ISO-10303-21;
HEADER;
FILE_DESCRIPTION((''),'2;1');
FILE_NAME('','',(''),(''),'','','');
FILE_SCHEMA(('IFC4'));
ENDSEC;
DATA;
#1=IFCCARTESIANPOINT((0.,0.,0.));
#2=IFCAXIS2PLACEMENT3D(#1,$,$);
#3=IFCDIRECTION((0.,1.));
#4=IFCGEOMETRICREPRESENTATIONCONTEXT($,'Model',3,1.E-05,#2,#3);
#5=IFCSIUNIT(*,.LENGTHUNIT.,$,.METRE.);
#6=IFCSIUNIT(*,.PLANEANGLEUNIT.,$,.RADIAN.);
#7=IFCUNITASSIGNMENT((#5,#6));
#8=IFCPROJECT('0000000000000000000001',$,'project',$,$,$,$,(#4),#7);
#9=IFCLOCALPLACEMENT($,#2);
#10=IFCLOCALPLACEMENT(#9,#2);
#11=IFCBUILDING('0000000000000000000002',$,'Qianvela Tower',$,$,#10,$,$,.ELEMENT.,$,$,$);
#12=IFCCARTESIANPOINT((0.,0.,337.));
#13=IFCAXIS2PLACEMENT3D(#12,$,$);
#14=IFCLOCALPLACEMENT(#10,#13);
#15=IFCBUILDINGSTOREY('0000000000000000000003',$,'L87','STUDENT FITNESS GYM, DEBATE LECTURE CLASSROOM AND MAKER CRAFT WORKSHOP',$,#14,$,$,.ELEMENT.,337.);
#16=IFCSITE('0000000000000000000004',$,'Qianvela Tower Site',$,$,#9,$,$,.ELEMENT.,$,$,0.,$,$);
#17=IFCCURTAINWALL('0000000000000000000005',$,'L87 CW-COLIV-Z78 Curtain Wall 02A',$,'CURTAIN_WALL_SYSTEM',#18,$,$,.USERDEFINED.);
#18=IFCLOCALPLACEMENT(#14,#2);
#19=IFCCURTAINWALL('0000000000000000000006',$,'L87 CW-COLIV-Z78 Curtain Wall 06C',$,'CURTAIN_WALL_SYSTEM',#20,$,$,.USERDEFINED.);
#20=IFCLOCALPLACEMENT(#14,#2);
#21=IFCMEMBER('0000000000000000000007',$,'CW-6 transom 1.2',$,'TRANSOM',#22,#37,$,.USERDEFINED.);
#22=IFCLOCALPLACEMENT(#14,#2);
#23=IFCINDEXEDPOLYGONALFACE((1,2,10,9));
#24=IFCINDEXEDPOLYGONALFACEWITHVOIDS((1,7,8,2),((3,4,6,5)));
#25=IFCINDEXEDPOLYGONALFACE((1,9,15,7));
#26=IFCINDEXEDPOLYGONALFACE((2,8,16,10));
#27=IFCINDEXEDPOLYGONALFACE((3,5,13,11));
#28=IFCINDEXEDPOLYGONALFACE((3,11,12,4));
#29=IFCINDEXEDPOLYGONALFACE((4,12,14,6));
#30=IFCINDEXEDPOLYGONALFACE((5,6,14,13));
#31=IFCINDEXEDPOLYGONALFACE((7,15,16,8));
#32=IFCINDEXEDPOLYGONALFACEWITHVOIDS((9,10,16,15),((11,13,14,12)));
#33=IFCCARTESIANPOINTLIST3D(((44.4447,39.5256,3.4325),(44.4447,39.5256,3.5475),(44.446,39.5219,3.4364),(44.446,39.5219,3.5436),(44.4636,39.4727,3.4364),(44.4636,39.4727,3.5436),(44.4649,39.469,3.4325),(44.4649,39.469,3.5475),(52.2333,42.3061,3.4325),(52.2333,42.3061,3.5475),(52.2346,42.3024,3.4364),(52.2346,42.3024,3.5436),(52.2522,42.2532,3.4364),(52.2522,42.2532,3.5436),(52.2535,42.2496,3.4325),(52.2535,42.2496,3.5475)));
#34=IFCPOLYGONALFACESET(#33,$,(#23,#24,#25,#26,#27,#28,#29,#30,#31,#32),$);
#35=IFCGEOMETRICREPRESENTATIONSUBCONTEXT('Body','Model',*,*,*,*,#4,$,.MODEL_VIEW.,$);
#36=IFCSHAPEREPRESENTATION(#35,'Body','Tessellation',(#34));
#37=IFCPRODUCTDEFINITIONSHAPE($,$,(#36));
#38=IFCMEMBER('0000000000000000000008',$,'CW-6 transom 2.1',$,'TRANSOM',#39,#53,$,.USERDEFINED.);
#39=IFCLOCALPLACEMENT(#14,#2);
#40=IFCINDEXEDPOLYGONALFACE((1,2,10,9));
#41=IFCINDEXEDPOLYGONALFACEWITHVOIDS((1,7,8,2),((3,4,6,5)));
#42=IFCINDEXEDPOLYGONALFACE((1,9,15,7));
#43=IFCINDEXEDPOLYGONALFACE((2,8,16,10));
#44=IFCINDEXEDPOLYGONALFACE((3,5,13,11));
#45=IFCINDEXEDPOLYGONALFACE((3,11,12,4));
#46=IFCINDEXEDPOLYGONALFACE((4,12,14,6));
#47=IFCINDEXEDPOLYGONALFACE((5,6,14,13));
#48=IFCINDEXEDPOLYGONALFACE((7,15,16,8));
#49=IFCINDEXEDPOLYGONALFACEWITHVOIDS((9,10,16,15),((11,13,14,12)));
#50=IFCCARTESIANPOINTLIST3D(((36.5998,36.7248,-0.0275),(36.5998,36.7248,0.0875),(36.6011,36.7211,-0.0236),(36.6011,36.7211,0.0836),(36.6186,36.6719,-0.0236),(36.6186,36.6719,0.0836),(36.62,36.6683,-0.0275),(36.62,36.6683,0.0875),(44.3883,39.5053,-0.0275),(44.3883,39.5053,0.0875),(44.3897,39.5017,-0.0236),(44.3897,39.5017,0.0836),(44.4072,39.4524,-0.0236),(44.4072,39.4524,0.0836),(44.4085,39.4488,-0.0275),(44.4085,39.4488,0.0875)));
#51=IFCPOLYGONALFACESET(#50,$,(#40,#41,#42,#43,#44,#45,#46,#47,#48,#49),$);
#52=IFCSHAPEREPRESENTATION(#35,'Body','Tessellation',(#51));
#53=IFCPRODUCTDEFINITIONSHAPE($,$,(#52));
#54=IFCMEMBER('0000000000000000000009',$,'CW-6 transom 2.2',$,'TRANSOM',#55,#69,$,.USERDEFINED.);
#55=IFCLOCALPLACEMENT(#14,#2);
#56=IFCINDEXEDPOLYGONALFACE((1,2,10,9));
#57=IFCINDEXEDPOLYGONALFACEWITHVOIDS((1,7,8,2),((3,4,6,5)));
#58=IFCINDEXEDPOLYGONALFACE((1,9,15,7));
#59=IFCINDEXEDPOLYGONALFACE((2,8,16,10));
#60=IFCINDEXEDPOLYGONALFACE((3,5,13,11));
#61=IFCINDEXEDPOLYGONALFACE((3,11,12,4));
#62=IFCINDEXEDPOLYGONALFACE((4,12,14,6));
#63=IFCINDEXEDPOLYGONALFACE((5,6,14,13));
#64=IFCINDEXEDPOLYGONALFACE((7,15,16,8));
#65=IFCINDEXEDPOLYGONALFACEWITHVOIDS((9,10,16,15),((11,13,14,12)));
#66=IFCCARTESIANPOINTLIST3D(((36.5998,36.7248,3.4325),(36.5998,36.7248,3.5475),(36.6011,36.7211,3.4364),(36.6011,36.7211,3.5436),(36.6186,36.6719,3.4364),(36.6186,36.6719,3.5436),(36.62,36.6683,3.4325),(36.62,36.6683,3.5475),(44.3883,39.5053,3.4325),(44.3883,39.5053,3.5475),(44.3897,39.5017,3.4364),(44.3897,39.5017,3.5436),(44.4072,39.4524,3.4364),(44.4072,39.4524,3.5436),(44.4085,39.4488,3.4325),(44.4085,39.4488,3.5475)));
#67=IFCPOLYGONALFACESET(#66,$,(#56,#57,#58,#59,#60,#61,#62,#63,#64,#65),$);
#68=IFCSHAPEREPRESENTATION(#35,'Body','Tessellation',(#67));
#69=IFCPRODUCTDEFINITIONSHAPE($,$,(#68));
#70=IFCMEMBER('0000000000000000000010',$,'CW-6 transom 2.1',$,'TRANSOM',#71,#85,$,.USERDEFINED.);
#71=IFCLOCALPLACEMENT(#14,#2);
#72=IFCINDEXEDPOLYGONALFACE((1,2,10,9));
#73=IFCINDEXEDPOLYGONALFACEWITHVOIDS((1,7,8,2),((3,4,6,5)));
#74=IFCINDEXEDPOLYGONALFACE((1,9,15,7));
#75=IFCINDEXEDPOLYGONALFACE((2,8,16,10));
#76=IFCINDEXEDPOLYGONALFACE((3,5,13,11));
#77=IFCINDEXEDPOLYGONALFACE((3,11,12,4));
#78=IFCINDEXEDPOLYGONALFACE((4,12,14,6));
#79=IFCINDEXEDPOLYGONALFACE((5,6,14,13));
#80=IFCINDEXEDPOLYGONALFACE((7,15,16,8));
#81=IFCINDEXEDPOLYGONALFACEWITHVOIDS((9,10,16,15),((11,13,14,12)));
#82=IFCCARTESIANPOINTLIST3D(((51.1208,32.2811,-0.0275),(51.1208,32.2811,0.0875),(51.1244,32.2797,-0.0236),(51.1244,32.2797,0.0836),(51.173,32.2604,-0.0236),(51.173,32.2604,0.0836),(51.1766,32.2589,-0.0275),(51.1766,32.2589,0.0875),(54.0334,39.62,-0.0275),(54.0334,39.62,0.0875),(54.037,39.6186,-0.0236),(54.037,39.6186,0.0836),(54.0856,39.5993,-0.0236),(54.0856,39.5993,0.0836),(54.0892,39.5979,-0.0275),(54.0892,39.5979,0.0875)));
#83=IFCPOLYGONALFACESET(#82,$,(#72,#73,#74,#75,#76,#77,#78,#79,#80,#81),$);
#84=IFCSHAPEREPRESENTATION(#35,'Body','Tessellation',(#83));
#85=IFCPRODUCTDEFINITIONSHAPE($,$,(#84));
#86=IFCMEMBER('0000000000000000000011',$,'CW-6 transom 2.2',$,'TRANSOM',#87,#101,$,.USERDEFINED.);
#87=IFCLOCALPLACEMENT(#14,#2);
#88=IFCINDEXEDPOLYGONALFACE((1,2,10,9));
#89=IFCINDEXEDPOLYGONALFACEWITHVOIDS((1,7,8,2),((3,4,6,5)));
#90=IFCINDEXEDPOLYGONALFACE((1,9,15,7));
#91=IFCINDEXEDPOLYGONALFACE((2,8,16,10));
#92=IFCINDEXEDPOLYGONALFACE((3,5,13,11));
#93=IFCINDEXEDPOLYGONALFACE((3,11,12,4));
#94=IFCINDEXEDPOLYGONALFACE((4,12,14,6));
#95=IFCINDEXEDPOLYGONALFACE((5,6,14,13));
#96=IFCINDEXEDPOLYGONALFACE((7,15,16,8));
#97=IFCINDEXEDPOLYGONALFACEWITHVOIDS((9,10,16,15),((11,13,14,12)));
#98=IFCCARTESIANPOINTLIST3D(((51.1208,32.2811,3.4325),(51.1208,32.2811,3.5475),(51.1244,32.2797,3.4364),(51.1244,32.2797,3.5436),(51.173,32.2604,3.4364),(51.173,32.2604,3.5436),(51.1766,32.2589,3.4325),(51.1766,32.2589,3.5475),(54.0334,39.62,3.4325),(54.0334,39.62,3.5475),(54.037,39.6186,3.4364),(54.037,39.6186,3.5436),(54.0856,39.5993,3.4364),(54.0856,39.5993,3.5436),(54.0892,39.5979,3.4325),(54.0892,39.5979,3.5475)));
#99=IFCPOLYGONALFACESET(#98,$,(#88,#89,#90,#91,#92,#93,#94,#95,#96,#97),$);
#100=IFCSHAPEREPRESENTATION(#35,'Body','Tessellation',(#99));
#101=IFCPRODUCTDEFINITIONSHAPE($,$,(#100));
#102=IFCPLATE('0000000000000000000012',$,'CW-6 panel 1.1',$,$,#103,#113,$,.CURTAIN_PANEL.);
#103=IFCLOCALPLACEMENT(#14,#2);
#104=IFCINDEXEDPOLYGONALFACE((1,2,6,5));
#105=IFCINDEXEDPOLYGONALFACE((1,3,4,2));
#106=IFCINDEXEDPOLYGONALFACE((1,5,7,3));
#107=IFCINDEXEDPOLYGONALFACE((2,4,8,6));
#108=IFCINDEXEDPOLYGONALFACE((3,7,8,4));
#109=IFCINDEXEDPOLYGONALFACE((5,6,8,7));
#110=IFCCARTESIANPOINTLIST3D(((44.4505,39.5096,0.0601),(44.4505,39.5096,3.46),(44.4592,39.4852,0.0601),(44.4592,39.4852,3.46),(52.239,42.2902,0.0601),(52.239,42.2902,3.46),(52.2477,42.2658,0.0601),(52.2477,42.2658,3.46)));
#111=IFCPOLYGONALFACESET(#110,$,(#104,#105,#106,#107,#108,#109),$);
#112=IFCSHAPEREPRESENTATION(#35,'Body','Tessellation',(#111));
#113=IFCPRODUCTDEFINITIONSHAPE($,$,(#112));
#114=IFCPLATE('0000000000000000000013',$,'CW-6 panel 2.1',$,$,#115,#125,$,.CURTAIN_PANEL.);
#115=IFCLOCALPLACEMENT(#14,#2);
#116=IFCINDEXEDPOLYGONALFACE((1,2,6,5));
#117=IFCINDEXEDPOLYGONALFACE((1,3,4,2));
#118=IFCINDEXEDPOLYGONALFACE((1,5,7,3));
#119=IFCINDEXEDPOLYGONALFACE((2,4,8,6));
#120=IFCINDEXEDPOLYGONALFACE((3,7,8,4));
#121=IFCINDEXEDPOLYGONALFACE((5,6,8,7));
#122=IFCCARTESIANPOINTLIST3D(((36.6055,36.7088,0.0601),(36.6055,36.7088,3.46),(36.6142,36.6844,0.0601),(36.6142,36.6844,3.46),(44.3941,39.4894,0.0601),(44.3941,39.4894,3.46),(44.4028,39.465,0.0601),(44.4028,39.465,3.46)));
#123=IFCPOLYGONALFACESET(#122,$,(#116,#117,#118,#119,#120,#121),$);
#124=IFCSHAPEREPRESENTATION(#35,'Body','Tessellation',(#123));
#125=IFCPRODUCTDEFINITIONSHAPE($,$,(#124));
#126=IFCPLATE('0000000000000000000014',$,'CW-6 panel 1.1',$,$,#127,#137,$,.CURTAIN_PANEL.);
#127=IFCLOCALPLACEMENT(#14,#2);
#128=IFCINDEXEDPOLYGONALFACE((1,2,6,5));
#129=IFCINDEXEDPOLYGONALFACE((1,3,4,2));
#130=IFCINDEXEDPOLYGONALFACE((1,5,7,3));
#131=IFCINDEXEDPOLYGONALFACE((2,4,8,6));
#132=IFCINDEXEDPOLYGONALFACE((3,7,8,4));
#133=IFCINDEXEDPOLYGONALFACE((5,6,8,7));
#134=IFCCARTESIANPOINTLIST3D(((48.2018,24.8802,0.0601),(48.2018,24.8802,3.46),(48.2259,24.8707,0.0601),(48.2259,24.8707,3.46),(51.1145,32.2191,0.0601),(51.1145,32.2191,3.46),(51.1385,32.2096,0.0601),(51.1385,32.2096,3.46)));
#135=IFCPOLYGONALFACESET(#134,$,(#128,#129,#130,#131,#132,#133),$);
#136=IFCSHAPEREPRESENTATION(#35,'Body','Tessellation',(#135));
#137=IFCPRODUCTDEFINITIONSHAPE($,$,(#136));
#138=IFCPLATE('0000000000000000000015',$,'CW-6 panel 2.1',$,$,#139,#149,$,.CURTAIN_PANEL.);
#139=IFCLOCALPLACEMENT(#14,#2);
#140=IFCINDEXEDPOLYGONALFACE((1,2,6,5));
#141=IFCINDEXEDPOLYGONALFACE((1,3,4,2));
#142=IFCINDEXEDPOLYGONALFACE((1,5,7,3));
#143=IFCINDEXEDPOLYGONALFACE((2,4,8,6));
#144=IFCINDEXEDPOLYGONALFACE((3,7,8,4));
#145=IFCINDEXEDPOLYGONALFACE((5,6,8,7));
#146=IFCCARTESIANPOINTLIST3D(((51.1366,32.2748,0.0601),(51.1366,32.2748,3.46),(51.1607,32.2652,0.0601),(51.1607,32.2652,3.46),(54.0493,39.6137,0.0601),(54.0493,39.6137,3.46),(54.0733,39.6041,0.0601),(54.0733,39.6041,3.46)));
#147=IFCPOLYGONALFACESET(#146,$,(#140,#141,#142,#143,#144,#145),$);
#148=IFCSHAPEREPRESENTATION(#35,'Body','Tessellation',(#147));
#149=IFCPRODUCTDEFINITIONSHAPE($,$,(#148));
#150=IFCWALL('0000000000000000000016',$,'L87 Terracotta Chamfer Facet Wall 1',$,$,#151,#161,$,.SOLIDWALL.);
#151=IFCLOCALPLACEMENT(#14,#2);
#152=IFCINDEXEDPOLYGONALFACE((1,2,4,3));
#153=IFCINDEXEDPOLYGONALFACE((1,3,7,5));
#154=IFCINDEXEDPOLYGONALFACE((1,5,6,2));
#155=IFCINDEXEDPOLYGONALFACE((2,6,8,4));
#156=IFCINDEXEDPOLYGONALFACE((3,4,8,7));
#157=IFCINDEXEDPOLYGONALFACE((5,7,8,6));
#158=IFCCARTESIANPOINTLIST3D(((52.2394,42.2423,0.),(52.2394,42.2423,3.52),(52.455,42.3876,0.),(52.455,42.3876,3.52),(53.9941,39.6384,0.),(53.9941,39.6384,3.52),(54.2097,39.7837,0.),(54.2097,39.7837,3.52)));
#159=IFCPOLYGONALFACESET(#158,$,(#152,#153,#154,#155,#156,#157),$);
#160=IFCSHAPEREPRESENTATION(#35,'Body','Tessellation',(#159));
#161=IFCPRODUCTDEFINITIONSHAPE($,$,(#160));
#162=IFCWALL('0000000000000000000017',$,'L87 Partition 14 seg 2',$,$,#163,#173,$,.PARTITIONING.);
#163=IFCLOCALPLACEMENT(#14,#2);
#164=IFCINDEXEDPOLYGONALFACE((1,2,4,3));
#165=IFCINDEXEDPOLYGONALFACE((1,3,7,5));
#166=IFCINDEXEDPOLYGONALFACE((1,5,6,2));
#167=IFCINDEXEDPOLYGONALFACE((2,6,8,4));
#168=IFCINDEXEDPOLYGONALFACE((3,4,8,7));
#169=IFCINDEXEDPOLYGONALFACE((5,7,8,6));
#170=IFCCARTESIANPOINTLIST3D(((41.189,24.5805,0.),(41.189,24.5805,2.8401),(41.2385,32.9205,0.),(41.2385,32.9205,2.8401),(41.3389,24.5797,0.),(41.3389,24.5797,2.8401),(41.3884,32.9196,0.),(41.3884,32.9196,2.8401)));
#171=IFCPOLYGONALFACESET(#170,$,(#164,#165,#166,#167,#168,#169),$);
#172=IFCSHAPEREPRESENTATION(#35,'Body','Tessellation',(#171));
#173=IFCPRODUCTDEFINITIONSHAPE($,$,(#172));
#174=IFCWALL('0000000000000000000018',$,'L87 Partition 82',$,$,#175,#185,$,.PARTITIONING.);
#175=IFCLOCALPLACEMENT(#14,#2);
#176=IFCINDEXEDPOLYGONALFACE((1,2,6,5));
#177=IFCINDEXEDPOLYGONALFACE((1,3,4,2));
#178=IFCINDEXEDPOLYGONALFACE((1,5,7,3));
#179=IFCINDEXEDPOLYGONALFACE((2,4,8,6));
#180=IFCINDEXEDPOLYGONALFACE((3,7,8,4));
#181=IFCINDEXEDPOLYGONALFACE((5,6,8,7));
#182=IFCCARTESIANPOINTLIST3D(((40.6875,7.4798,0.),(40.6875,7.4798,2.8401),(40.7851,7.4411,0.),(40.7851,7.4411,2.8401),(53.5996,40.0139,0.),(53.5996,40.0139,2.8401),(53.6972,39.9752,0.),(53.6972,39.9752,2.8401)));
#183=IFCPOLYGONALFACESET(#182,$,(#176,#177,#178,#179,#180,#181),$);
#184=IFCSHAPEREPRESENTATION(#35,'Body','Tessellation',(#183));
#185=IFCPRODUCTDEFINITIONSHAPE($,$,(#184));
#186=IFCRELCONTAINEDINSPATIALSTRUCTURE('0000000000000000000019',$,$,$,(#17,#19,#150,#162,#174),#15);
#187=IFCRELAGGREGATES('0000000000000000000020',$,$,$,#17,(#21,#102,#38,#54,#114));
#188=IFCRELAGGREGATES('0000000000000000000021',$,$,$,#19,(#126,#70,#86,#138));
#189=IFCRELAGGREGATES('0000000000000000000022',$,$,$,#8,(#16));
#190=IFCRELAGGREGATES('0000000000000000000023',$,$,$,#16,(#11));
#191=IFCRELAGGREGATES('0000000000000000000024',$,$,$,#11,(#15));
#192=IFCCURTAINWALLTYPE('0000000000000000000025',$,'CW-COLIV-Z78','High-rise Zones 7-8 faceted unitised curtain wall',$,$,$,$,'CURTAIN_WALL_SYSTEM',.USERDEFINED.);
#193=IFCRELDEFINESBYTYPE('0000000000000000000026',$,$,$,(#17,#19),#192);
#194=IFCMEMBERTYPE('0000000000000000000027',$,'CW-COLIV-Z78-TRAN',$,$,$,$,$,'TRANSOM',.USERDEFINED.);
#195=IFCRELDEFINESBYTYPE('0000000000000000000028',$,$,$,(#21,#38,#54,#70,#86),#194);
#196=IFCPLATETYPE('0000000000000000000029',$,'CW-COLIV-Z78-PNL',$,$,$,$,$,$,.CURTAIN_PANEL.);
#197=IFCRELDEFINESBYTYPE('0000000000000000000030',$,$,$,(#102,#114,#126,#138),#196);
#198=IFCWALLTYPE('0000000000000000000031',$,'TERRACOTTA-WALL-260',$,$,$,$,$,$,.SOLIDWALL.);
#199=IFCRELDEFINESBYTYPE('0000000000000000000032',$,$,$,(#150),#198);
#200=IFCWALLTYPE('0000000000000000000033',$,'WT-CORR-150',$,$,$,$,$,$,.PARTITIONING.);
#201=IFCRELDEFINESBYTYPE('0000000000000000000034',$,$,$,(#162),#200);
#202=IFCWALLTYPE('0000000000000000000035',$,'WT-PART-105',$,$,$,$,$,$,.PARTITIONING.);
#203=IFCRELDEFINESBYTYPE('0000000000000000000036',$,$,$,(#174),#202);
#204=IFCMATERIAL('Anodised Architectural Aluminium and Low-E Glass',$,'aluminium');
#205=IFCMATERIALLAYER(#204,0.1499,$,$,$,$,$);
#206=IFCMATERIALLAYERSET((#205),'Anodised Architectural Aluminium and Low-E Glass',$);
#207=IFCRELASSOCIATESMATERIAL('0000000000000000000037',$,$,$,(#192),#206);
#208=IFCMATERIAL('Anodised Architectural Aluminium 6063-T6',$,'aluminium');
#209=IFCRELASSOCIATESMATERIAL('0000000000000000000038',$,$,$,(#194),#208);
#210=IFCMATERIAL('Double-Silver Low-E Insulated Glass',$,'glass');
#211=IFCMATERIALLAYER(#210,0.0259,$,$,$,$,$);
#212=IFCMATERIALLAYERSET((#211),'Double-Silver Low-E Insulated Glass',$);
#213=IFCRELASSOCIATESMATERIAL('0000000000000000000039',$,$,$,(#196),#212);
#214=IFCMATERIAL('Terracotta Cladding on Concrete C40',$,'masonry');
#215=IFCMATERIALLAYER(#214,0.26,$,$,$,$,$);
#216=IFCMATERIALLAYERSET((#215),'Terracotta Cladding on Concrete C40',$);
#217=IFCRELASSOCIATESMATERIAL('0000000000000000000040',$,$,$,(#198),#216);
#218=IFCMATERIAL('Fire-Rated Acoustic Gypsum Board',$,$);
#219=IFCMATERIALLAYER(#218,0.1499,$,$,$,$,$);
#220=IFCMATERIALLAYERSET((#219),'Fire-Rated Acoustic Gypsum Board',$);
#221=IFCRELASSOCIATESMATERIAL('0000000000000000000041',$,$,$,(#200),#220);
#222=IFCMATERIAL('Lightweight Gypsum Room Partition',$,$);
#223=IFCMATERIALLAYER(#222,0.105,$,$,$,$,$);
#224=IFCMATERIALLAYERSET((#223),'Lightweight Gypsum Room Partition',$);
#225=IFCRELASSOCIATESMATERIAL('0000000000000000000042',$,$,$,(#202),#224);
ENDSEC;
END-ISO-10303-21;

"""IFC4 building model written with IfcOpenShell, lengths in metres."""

from ifc_helpers import new_model, si_unit, direction, frame, frame_2d, origin, origin_2d, place, context, subcontext, project, spatial, rectangle, hollow_rectangle, extrude, material, layer, layer_set, material_profile, profile_set, type_object, element, aggregate, save


model = new_model("IFC4")

# Units and contexts
model_context = context("Model", 3, precision=1e-05, world=origin(), true_north=direction((0.0, 1.0)))
body_context = subcontext(model_context, "Body", "Model", "MODEL_VIEW")
ifc_project = project(units=[si_unit("LENGTHUNIT", "METRE"), si_unit("PLANEANGLEUNIT", "RADIAN")], contexts=[model_context])

# Site, building, storey
site_placement = place(None, origin())
site = spatial("IfcSite", under=ifc_project, at=site_placement, Name="Qianvela Tower Site", CompositionType="ELEMENT", RefElevation=0.0)
building_placement = place(site_placement, origin())
building = spatial("IfcBuilding", under=site, at=building_placement, Name="Qianvela Tower", CompositionType="ELEMENT")
storey_placement = place(building_placement, frame((0.0, 0.0, 337.0)))
storey = spatial("IfcBuildingStorey", under=building, at=storey_placement, Name="L87", Description="STUDENT FITNESS GYM, DEBATE LECTURE CLASSROOM AND MAKER CRAFT WORKSHOP", CompositionType="ELEMENT", Elevation=337.0)

# Curtain walls
ifc_material_1 = material(Name="Anodised Architectural Aluminium and Low-E Glass", Category="aluminium")
ifc_layer_1 = layer(ifc_material_1, 0.1499)
ifc_layer_set_1 = layer_set([ifc_layer_1], Name="Anodised Architectural Aluminium and Low-E Glass")
curtain_wall_type = type_object("IfcCurtainWallType", Name="CW-COLIV-Z78", Description="High-rise Zones 7-8 faceted unitised curtain wall", ElementType="CURTAIN_WALL_SYSTEM", PredefinedType="USERDEFINED", material=ifc_layer_set_1)
curtain_wall_1_placement = place(storey_placement, origin())
curtain_wall_1 = element("IfcCurtainWall", 1, at=curtain_wall_1_placement, inside=storey, type_object=curtain_wall_type, Name="L87 CW-COLIV-Z78 Curtain Wall 02A", ObjectType="CURTAIN_WALL_SYSTEM", PredefinedType="USERDEFINED")
curtain_wall_2_placement = place(storey_placement, origin())
curtain_wall_2 = element("IfcCurtainWall", 2, at=curtain_wall_2_placement, inside=storey, type_object=curtain_wall_type, Name="L87 CW-COLIV-Z78 Curtain Wall 06C", ObjectType="CURTAIN_WALL_SYSTEM", PredefinedType="USERDEFINED")

# Members
ifc_material_2 = material(Name="Anodised Architectural Aluminium 6063-T6", Category="aluminium")
ifc_material_profile_1 = material_profile(ifc_material_2, hollow_rectangle(XDim=0.0601, YDim=0.115, WallThickness=0.0039, at=origin_2d()), Name="ALU-TRAN-60x115")
ifc_profile_set_1 = profile_set([ifc_material_profile_1], Name="Anodised Architectural Aluminium 6063-T6")
member_type_1 = type_object("IfcMemberType", Name="CW-COLIV-Z78-TRAN", ElementType="TRANSOM", PredefinedType="USERDEFINED", material=ifc_profile_set_1)
member_1_placement = place(storey_placement, frame((52.2434, 42.2778, 3.49), z_axis=(-0.941785, -0.336217, 0.0), x_axis=(0.336217, -0.941785, 0.0)))
member_1 = element("IfcMember", 3, at=member_1_placement, type_object=member_type_1, Name="CW-6 transom 1.2", ObjectType="TRANSOM", PredefinedType="USERDEFINED", context=body_context, shape_type="SweptSolid", body=[
    extrude(hollow_rectangle(XDim=0.0601, YDim=0.115, WallThickness=0.0039, at=origin_2d()), origin(), (0.0, 0.0, 1.0), 8.27),
])
member_2_placement = place(storey_placement, frame((44.3984, 39.4771, 0.03), z_axis=(-0.941785, -0.336217, 0.0), x_axis=(0.336217, -0.941785, 0.0)))
member_2 = element("IfcMember", 4, at=member_2_placement, type_object=member_type_1, Name="CW-6 transom 2.1", ObjectType="TRANSOM", PredefinedType="USERDEFINED", context=body_context, shape_type="SweptSolid", body=[
    extrude(hollow_rectangle(XDim=0.0601, YDim=0.115, WallThickness=0.0039, at=origin_2d()), origin(), (0.0, 0.0, 1.0), 8.27),
])
member_3_placement = place(storey_placement, frame((44.3984, 39.4771, 3.49), z_axis=(-0.941785, -0.336217, 0.0), x_axis=(0.336217, -0.941785, 0.0)))
member_3 = element("IfcMember", 5, at=member_3_placement, type_object=member_type_1, Name="CW-6 transom 2.2", ObjectType="TRANSOM", PredefinedType="USERDEFINED", context=body_context, shape_type="SweptSolid", body=[
    extrude(hollow_rectangle(XDim=0.0601, YDim=0.115, WallThickness=0.0039, at=origin_2d()), origin(), (0.0, 0.0, 1.0), 8.27),
])
member_4_placement = place(storey_placement, frame((51.1487, 32.27, 0.03), z_axis=(0.368884, 0.929476, 0.0), x_axis=(-0.929476, 0.368884, 0.0)))
member_4 = element("IfcMember", 6, at=member_4_placement, type_object=member_type_1, Name="CW-6 transom 2.1", ObjectType="TRANSOM", PredefinedType="USERDEFINED", context=body_context, shape_type="SweptSolid", body=[
    extrude(hollow_rectangle(XDim=0.0601, YDim=0.115, WallThickness=0.0039, at=origin_2d()), origin(), (0.0, 0.0, 1.0), 7.8958),
])
member_5_placement = place(storey_placement, frame((51.1487, 32.27, 3.49), z_axis=(0.368884, 0.929476, 0.0), x_axis=(-0.929476, 0.368884, 0.0)))
member_5 = element("IfcMember", 7, at=member_5_placement, type_object=member_type_1, Name="CW-6 transom 2.2", ObjectType="TRANSOM", PredefinedType="USERDEFINED", context=body_context, shape_type="SweptSolid", body=[
    extrude(hollow_rectangle(XDim=0.0601, YDim=0.115, WallThickness=0.0039, at=origin_2d()), origin(), (0.0, 0.0, 1.0), 7.8958),
])

# Plates
ifc_material_3 = material(Name="Double-Silver Low-E Insulated Glass", Category="glass")
ifc_layer_2 = layer(ifc_material_3, 0.0259)
ifc_layer_set_2 = layer_set([ifc_layer_2], Name="Double-Silver Low-E Insulated Glass")
plate_type = type_object("IfcPlateType", Name="CW-COLIV-Z78-PNL", PredefinedType="CURTAIN_PANEL", material=ifc_layer_set_2)
plate_1_placement = place(storey_placement, frame((48.3491, 40.8877, 0.0601), z_axis=(0.0, 0.0, 1.0), x_axis=(-0.941781, -0.336226, 0.0)))
plate_1 = element("IfcPlate", 8, at=plate_1_placement, type_object=plate_type, Name="CW-6 panel 1.1", PredefinedType="CURTAIN_PANEL", context=body_context, shape_type="SweptSolid", body=[
    extrude(rectangle(XDim=8.27, YDim=0.0259, at=origin_2d()), origin(), (0.0, 0.0, 1.0), 3.3999),
])
plate_2_placement = place(storey_placement, frame((40.5042, 38.0869, 0.0601), z_axis=(0.0, 0.0, 1.0), x_axis=(-0.941781, -0.336226, 0.0)))
plate_2 = element("IfcPlate", 9, at=plate_2_placement, type_object=plate_type, Name="CW-6 panel 2.1", PredefinedType="CURTAIN_PANEL", context=body_context, shape_type="SweptSolid", body=[
    extrude(rectangle(XDim=8.27, YDim=0.0259, at=origin_2d()), origin(), (0.0, 0.0, 1.0), 3.3999),
])
aggregate(curtain_wall_1, [member_1, plate_1, member_2, member_3, plate_2])
plate_3_placement = place(storey_placement, frame((49.6702, 28.5449, 0.0601), z_axis=(0.0, 0.0, 1.0), x_axis=(0.368888, 0.929474, 0.0)))
plate_3 = element("IfcPlate", 10, at=plate_3_placement, type_object=plate_type, Name="CW-6 panel 1.1", PredefinedType="CURTAIN_PANEL", context=body_context, shape_type="SweptSolid", body=[
    extrude(rectangle(XDim=7.8958, YDim=0.0259, at=origin_2d()), origin(), (0.0, 0.0, 1.0), 3.3999),
])
plate_4_placement = place(storey_placement, frame((52.605, 35.9395, 0.0601), z_axis=(0.0, 0.0, 1.0), x_axis=(0.368888, 0.929474, 0.0)))
plate_4 = element("IfcPlate", 11, at=plate_4_placement, type_object=plate_type, Name="CW-6 panel 2.1", PredefinedType="CURTAIN_PANEL", context=body_context, shape_type="SweptSolid", body=[
    extrude(rectangle(XDim=7.8958, YDim=0.0259, at=origin_2d()), origin(), (0.0, 0.0, 1.0), 3.3999),
])
aggregate(curtain_wall_2, [plate_3, member_4, member_5, plate_4])

# Walls
ifc_material_4 = material(Name="Terracotta Cladding on Concrete C40", Category="masonry")
ifc_layer_3 = layer(ifc_material_4, 0.26)
ifc_layer_set_3 = layer_set([ifc_layer_3], Name="Terracotta Cladding on Concrete C40")
wall_type_1 = type_object("IfcWallType", Name="TERRACOTTA-WALL-260", PredefinedType="SOLIDWALL", material=ifc_layer_set_3)
wall_1_placement = place(storey_placement, frame((54.1018, 39.7112, 0.0), z_axis=(0.0, 0.0, 1.0), x_axis=(-0.558838, 0.829277, 0.0)))
element("IfcWall", 12, at=wall_1_placement, inside=storey, type_object=wall_type_1, Name="L87 Terracotta Chamfer Facet Wall 1", PredefinedType="SOLIDWALL", context=body_context, shape_type="SweptSolid", body=[
    extrude(rectangle(XDim=3.1399, YDim=0.26, at=frame_2d((1.5698, 0.0))), origin(), (0.0, 0.0, 1.0), 3.52),
])
ifc_material_5 = material(Name="Fire-Rated Acoustic Gypsum Board")
ifc_layer_4 = layer(ifc_material_5, 0.1499)
ifc_layer_set_4 = layer_set([ifc_layer_4], Name="Fire-Rated Acoustic Gypsum Board")
wall_type_2 = type_object("IfcWallType", Name="WT-CORR-150", PredefinedType="PARTITIONING", material=ifc_layer_set_4)
wall_2_placement = place(storey_placement, frame((41.3135, 32.9199, 0.0), z_axis=(0.0, 0.0, 1.0), x_axis=(-0.005943, -0.999982, 0.0)))
element("IfcWall", 13, at=wall_2_placement, inside=storey, type_object=wall_type_2, Name="L87 Partition 14 seg 2", PredefinedType="PARTITIONING", context=body_context, shape_type="SweptSolid", body=[
    extrude(rectangle(XDim=8.3401, YDim=0.1499, at=frame_2d((4.1699, 0.0))), origin(), (0.0, 0.0, 1.0), 2.8401),
])
ifc_material_6 = material(Name="Lightweight Gypsum Room Partition")
ifc_layer_5 = layer(ifc_material_6, 0.105)
ifc_layer_set_5 = layer_set([ifc_layer_5], Name="Lightweight Gypsum Room Partition")
wall_type_3 = type_object("IfcWallType", Name="WT-PART-105", PredefinedType="PARTITIONING", material=ifc_layer_set_5)
wall_3_placement = place(storey_placement, frame((53.6484, 39.9946, 0.0), z_axis=(0.0, 0.0, 1.0), x_axis=(-0.368888, -0.929474, 0.0)))
element("IfcWall", 14, at=wall_3_placement, inside=storey, type_object=wall_type_3, Name="L87 Partition 82", PredefinedType="PARTITIONING", context=body_context, shape_type="SweptSolid", body=[
    extrude(rectangle(XDim=35.0027, YDim=0.105, at=frame_2d((17.5015, 0.0))), origin(), (0.0, 0.0, 1.0), 2.8401),
])

save(model, "model.ifc")
